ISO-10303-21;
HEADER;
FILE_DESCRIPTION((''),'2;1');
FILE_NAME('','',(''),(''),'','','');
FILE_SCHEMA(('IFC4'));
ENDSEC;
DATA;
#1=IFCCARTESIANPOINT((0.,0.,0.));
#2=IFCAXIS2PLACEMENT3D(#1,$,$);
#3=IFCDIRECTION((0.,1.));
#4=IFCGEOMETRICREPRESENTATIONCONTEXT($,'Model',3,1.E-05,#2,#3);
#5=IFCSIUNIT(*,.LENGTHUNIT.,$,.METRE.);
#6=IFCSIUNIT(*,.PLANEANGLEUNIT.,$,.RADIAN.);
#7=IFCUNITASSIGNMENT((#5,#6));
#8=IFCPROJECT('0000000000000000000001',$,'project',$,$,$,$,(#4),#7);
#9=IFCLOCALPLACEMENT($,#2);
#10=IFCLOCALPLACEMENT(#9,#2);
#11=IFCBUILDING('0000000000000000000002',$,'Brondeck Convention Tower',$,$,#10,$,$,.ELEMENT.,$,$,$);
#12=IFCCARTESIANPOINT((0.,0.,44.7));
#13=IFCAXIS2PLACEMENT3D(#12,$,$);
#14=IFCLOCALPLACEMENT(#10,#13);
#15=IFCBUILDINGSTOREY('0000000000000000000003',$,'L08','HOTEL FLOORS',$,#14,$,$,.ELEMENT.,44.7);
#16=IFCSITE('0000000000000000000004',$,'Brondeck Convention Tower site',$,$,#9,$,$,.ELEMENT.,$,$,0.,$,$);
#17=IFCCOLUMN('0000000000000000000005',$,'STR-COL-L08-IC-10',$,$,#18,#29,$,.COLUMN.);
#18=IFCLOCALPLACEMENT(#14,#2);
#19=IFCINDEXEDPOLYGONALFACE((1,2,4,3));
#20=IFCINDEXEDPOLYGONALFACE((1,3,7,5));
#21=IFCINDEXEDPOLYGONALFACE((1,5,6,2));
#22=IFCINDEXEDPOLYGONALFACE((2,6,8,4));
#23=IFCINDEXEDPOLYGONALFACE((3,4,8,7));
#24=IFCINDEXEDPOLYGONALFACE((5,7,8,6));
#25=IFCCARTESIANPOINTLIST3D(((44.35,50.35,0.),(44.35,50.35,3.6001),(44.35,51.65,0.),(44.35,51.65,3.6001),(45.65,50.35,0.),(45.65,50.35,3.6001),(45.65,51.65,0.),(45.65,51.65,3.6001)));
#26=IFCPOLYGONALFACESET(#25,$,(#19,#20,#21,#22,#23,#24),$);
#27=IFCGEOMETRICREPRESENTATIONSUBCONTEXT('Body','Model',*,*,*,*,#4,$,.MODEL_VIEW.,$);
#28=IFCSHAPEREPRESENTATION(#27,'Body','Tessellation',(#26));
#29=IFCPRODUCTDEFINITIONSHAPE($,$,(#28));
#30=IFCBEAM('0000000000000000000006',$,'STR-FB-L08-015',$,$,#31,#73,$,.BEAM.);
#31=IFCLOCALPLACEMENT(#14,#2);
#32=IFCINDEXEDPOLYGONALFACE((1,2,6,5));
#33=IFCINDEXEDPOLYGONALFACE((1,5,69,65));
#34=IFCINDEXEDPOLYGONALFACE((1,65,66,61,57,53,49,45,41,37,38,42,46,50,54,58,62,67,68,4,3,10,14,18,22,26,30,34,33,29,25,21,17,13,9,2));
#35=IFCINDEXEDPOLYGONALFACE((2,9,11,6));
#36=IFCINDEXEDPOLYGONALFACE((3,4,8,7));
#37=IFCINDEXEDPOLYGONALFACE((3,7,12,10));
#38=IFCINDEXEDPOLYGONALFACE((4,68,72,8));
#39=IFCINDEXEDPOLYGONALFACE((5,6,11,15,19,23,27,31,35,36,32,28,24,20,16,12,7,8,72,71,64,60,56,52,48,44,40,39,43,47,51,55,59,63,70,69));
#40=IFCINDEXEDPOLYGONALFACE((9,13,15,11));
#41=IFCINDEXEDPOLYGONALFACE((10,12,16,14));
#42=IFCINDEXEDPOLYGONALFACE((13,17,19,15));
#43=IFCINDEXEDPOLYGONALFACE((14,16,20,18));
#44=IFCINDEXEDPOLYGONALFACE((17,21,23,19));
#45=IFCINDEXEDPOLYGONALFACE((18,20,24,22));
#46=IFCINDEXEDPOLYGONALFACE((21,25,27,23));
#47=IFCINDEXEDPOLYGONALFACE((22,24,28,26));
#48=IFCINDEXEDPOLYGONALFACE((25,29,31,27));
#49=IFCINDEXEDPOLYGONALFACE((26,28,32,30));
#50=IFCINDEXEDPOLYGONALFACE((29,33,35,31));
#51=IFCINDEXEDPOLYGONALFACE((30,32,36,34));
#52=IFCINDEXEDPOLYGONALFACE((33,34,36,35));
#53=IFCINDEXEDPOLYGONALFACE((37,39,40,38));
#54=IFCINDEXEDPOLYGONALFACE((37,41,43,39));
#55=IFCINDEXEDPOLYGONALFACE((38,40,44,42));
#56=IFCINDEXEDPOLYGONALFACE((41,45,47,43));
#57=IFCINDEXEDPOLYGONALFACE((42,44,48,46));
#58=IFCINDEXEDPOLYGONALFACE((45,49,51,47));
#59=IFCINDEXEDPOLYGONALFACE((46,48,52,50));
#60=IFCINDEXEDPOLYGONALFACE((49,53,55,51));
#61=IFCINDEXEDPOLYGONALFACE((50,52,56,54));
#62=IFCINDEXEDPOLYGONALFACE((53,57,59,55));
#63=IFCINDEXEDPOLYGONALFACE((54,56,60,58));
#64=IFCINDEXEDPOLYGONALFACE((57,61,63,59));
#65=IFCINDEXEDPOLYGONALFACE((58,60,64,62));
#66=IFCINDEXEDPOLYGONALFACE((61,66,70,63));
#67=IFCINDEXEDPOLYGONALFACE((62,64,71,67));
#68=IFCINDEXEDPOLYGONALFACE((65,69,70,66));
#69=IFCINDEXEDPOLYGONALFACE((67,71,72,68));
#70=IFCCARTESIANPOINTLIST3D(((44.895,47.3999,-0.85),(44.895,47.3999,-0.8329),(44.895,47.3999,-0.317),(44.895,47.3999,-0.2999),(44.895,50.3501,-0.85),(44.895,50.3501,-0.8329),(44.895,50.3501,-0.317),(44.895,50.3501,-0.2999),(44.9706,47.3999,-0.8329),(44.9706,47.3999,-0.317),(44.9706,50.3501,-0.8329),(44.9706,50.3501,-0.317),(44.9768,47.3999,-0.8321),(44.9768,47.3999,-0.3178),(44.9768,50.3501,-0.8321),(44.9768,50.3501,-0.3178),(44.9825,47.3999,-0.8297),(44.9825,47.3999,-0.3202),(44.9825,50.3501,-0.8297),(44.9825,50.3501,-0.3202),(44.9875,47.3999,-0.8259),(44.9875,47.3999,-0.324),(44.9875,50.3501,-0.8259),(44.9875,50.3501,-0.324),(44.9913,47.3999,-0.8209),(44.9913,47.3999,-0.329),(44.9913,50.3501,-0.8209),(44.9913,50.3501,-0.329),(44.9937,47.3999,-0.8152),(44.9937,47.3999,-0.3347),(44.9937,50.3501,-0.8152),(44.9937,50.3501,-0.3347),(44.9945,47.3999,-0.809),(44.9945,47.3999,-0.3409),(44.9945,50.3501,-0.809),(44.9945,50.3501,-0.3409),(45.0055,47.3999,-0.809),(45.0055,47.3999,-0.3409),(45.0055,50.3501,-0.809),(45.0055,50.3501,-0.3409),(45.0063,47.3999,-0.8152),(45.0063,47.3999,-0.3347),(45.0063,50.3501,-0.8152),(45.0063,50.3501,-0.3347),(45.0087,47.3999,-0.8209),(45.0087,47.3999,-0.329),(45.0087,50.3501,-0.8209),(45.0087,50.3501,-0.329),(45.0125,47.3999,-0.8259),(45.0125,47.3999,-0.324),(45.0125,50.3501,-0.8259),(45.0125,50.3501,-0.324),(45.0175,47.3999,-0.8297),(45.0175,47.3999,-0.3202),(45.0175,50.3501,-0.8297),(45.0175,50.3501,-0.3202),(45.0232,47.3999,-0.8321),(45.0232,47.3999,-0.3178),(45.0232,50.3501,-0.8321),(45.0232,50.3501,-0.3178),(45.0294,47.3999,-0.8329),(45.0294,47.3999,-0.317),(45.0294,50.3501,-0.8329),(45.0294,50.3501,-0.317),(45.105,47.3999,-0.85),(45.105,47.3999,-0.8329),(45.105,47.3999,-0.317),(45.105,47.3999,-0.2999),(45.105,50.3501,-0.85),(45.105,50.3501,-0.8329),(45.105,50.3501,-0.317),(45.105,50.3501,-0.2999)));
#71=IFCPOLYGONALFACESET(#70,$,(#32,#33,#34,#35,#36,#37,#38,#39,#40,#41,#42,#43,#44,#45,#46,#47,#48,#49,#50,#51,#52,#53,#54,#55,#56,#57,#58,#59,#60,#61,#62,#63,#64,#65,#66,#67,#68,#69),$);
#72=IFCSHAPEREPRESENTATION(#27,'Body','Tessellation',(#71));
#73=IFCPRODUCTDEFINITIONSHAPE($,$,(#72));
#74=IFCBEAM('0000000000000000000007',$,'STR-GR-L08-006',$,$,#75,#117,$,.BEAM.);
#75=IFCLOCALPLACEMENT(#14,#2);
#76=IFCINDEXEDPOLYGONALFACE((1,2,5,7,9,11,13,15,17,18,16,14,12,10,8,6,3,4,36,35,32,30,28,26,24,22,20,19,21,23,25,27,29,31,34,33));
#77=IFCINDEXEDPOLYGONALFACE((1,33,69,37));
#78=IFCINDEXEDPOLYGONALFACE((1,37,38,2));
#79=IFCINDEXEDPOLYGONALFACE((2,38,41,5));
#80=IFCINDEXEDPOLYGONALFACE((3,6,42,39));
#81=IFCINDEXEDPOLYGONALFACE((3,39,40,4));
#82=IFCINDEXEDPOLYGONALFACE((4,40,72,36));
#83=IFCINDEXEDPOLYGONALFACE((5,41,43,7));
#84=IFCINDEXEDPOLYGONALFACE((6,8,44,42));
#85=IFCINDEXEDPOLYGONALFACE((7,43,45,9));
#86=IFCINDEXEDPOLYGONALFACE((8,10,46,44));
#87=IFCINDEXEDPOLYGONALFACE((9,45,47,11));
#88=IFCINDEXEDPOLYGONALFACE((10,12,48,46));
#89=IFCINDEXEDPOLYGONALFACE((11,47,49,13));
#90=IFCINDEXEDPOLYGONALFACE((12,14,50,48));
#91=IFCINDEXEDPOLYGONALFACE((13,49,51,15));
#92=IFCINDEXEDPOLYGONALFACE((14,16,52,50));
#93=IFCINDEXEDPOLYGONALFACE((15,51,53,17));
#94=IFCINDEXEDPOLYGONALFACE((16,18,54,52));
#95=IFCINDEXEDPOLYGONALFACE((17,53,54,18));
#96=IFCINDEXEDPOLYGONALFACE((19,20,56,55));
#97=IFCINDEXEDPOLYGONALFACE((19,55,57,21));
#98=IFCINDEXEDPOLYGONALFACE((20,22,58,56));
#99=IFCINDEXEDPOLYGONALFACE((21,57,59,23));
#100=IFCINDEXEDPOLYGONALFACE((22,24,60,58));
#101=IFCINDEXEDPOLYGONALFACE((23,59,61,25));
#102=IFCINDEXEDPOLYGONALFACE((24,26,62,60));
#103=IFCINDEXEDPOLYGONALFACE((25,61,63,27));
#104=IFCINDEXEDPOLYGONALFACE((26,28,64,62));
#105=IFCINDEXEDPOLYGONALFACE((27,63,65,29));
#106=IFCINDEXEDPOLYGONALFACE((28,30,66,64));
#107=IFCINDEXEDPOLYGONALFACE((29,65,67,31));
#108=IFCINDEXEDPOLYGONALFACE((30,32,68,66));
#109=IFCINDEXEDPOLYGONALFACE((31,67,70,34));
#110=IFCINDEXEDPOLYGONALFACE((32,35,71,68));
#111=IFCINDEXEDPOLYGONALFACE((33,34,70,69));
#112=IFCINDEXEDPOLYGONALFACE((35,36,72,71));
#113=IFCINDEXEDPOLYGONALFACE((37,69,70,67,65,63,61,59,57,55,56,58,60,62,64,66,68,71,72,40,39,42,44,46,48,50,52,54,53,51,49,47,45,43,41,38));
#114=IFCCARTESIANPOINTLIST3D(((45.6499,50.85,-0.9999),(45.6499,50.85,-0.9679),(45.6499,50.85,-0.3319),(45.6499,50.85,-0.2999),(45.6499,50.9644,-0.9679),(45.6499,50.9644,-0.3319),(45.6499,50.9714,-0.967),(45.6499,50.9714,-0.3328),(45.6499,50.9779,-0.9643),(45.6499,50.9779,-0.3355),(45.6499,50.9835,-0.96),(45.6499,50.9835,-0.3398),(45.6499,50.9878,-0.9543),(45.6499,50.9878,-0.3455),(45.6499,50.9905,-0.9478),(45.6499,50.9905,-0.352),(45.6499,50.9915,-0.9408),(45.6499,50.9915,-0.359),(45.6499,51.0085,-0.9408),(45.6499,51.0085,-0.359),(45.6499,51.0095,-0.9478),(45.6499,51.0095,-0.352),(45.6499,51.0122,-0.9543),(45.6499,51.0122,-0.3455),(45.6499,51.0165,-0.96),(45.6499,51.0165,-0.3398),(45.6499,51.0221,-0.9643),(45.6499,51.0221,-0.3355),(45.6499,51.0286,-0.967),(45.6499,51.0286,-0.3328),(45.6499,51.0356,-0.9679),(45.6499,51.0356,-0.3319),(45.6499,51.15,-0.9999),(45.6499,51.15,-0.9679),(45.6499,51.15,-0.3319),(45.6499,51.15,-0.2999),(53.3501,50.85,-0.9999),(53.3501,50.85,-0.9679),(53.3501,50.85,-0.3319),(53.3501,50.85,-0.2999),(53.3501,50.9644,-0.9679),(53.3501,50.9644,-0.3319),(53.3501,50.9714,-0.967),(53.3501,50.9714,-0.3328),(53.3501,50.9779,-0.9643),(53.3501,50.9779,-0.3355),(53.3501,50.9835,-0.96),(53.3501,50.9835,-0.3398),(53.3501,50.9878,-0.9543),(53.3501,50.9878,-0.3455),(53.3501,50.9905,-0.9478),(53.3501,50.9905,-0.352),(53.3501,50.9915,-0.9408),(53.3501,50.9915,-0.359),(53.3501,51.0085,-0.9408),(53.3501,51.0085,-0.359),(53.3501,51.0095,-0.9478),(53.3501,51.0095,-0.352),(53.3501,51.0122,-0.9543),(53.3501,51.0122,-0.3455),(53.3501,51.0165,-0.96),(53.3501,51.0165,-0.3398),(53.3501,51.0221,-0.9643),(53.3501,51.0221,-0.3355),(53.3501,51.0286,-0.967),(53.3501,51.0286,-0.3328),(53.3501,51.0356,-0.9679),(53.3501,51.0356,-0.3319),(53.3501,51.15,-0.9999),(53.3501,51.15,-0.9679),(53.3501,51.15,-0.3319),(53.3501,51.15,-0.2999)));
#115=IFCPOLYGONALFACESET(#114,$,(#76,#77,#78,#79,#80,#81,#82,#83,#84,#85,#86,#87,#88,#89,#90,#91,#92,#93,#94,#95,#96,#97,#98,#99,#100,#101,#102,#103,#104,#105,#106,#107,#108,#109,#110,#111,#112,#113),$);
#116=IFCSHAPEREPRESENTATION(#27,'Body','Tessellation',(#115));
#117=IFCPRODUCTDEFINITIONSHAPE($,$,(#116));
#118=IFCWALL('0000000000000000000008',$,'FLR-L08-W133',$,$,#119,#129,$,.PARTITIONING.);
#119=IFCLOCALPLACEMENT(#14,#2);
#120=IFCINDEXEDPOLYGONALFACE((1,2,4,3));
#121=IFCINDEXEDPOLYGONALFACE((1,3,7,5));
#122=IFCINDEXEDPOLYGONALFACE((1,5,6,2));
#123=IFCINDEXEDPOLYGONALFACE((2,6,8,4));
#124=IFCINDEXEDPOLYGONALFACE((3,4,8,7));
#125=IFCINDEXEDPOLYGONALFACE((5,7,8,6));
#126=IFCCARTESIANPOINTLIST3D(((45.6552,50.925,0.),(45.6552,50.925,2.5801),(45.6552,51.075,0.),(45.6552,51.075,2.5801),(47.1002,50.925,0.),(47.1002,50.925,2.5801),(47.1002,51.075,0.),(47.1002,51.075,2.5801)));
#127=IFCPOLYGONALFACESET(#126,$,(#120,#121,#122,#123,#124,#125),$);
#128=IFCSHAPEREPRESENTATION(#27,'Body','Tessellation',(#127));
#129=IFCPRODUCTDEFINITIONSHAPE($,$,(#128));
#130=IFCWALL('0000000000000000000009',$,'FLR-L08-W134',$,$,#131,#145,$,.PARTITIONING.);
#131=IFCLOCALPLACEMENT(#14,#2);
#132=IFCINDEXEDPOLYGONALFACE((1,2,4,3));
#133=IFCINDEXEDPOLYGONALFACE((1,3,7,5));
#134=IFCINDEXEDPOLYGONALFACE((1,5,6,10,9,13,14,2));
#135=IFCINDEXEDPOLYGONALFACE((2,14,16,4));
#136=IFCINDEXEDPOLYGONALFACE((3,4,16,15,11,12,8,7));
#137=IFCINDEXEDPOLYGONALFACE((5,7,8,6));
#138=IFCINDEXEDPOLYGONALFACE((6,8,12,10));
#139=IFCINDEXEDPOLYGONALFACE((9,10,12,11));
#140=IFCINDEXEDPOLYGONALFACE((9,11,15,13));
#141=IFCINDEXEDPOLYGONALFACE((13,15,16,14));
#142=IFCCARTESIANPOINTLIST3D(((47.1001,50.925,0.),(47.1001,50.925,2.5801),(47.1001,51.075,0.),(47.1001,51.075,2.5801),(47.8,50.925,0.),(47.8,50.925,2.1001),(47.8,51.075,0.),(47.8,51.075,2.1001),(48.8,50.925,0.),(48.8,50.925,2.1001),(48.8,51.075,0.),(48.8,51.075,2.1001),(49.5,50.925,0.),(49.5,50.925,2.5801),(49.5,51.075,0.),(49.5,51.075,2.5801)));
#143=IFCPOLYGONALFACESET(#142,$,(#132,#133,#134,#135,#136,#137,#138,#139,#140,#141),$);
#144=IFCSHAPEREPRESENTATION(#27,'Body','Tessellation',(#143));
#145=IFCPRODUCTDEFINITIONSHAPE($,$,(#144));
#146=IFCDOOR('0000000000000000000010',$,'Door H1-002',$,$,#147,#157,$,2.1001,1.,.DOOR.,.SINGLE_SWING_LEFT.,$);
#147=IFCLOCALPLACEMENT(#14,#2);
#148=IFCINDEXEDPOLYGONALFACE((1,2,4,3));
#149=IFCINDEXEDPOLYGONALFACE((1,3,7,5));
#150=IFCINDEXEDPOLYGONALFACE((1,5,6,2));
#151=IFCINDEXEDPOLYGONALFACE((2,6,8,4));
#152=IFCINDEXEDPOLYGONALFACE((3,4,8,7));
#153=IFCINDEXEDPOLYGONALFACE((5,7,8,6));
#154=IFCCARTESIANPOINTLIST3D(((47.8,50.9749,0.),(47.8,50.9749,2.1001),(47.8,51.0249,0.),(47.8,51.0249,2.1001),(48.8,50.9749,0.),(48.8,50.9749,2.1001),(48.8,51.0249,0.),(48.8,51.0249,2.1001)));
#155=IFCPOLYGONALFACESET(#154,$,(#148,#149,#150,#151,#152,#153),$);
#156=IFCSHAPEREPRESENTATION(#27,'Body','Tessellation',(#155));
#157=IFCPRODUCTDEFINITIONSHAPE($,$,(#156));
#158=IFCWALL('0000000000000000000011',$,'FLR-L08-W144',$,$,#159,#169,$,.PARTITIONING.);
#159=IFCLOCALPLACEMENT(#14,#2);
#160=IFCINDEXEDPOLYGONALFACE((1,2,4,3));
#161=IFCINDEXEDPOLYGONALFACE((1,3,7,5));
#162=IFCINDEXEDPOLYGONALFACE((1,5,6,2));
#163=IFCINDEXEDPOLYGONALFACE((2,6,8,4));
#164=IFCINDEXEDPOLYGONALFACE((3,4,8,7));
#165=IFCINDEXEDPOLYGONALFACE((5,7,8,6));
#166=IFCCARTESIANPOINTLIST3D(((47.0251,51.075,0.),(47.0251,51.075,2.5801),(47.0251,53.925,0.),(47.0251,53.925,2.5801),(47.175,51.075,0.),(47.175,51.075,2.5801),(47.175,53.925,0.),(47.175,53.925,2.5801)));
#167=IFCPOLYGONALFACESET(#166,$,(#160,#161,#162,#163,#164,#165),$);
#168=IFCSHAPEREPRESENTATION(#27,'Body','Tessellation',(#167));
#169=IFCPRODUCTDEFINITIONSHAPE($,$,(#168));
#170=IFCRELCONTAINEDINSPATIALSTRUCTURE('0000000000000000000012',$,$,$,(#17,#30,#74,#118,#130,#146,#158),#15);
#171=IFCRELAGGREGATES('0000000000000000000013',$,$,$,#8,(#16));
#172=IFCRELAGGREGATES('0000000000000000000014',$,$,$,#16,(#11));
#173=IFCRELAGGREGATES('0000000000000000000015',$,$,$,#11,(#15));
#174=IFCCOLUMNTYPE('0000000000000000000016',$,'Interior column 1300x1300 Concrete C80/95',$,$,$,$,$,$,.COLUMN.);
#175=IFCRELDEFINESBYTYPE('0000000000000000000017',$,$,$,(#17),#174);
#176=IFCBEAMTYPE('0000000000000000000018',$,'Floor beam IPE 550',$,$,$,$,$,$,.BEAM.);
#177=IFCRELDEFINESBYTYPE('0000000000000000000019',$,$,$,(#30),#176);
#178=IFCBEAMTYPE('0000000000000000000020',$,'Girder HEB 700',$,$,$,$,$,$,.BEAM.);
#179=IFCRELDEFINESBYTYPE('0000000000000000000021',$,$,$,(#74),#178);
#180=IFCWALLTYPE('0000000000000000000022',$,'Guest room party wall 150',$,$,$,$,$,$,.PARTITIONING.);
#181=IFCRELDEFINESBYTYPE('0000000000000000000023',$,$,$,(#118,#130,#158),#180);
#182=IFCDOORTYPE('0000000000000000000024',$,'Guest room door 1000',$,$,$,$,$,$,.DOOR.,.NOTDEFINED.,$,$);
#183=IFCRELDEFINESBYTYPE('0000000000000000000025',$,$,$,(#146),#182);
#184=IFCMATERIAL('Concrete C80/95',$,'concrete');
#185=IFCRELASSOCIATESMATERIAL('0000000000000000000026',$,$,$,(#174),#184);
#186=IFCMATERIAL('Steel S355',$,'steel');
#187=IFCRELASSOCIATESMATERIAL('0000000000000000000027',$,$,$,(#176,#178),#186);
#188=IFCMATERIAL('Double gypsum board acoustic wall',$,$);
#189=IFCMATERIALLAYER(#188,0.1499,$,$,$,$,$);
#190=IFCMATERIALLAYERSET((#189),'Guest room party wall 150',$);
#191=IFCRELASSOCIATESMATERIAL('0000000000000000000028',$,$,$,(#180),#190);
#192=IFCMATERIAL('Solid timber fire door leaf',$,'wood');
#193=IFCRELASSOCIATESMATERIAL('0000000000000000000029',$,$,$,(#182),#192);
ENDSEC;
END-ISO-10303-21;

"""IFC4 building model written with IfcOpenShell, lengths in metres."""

from ifc_helpers import new_model, si_unit, direction, frame, frame_2d, origin, origin_2d, place, context, subcontext, project, spatial, rectangle, i_section, extrude, material, layer, layer_set, material_profile, profile_set, type_object, element, fill, save


model = new_model("IFC4")

# Units and contexts
model_context = context("Model", 3, precision=1e-05, world=origin(), true_north=direction((0.0, 1.0)))
body_context = subcontext(model_context, "Body", "Model", "MODEL_VIEW")
ifc_project = project(units=[si_unit("LENGTHUNIT", "METRE"), si_unit("PLANEANGLEUNIT", "RADIAN")], contexts=[model_context])

# Site, building, storey
site_placement = place(None, origin())
site = spatial("IfcSite", under=ifc_project, at=site_placement, Name="Brondeck Convention Tower site", CompositionType="ELEMENT", RefElevation=0.0)
building_placement = place(site_placement, origin())
building = spatial("IfcBuilding", under=site, at=building_placement, Name="Brondeck Convention Tower", CompositionType="ELEMENT")
storey_placement = place(building_placement, frame((0.0, 0.0, 44.7)))
storey = spatial("IfcBuildingStorey", under=building, at=storey_placement, Name="L08", Description="HOTEL FLOORS", CompositionType="ELEMENT", Elevation=44.7)

# Column
ifc_material_1 = material(Name="Concrete C80/95", Category="concrete")
ifc_material_profile_1 = material_profile(ifc_material_1, rectangle(XDim=1.3, YDim=1.3, at=origin_2d()), Name="Interior column 1300x1300 Concrete C80/95")
ifc_profile_set_1 = profile_set([ifc_material_profile_1], Name="Concrete C80/95")
column_type = type_object("IfcColumnType", Name="Interior column 1300x1300 Concrete C80/95", PredefinedType="COLUMN", material=ifc_profile_set_1)
column_placement = place(storey_placement, frame((45.0, 51.0, 0.0), z_axis=(0.0, 0.0, 1.0), x_axis=(1.0, 0.0, 0.0)))
element("IfcColumn", 1, at=column_placement, inside=storey, type_object=column_type, Name="STR-COL-L08-IC-10", PredefinedType="COLUMN", context=body_context, shape_type="SweptSolid", body=[
    extrude(rectangle(XDim=1.3, YDim=1.3, at=origin_2d()), origin(), (0.0, 0.0, 1.0), 3.6001),
])

# Beams
ifc_material_2 = material(Name="Steel S355", Category="steel")
ifc_material_profile_2 = material_profile(ifc_material_2, i_section(OverallWidth=0.21, OverallDepth=0.55, WebThickness=0.011, FlangeThickness=0.0171, FilletRadius=0.0239, at=origin_2d()), Name="IPE 550")
ifc_profile_set_2 = profile_set([ifc_material_profile_2], Name="Steel S355")
beam_type_1 = type_object("IfcBeamType", Name="Floor beam IPE 550", PredefinedType="BEAM", material=ifc_profile_set_2)
beam_1_placement = place(storey_placement, frame((45.0, 47.3999, -0.575), z_axis=(0.0, 1.0, 0.0), x_axis=(-1.0, 0.0, 0.0)))
element("IfcBeam", 2, at=beam_1_placement, inside=storey, type_object=beam_type_1, Name="STR-FB-L08-015", PredefinedType="BEAM", context=body_context, shape_type="SweptSolid", body=[
    extrude(i_section(OverallWidth=0.21, OverallDepth=0.55, WebThickness=0.011, FlangeThickness=0.0171, FilletRadius=0.0239, at=origin_2d()), origin(), (0.0, 0.0, 1.0), 2.9502),
])
ifc_material_profile_3 = material_profile(ifc_material_2, i_section(OverallWidth=0.3, OverallDepth=0.7, WebThickness=0.0171, FlangeThickness=0.032, FilletRadius=0.0271, at=origin_2d()), Name="HEB 700")
ifc_profile_set_3 = profile_set([ifc_material_profile_3], Name="Steel S355")
beam_type_2 = type_object("IfcBeamType", Name="Girder HEB 700", PredefinedType="BEAM", material=ifc_profile_set_3)
beam_2_placement = place(storey_placement, frame((45.6499, 51.0, -0.6499), z_axis=(1.0, 0.0, 0.0), x_axis=(0.0, 1.0, 0.0)))
element("IfcBeam", 3, at=beam_2_placement, inside=storey, type_object=beam_type_2, Name="STR-GR-L08-006", PredefinedType="BEAM", context=body_context, shape_type="SweptSolid", body=[
    extrude(i_section(OverallWidth=0.3, OverallDepth=0.7, WebThickness=0.0171, FlangeThickness=0.032, FilletRadius=0.0271, at=origin_2d()), origin(), (0.0, 0.0, 1.0), 7.7002),
])

# Wall
ifc_material_3 = material(Name="Double gypsum board acoustic wall")
ifc_layer_1 = layer(ifc_material_3, 0.1499)
ifc_layer_set_1 = layer_set([ifc_layer_1], Name="Guest room party wall 150")
wall_type_1 = type_object("IfcWallType", Name="Guest room party wall 150", PredefinedType="PARTITIONING", material=ifc_layer_set_1)
wall_1_placement = place(storey_placement, frame((45.655, 51.0, 0.0), z_axis=(0.0, 0.0, 1.0), x_axis=(1.0, 0.0, 0.0)))
element("IfcWall", 4, at=wall_1_placement, inside=storey, type_object=wall_type_1, Name="FLR-L08-W133", PredefinedType="PARTITIONING", context=body_context, shape_type="SweptSolid", body=[
    extrude(rectangle(XDim=1.4451, YDim=0.1499, at=frame_2d((0.7227, 0.0))), origin(), (0.0, 0.0, 1.0), 2.5801),
])

# Wall, opening, door
wall_2_placement = place(storey_placement, frame((47.1001, 51.0, 0.0), z_axis=(0.0, 0.0, 1.0), x_axis=(1.0, 0.0, 0.0)))
wall_2 = element("IfcWall", 5, at=wall_2_placement, inside=storey, type_object=wall_type_1, Name="FLR-L08-W134", PredefinedType="PARTITIONING", context=body_context, shape_type="SweptSolid", body=[
    extrude(rectangle(XDim=2.3999, YDim=0.1499, at=frame_2d((1.2, 0.0))), origin(), (0.0, 0.0, 1.0), 2.5801),
])
opening_1_placement = place(wall_2_placement, frame((0.7, 0.0, 0.0)))
opening_1 = element("IfcOpeningElement", 6, at=opening_1_placement, cuts=wall_2, PredefinedType="OPENING", context=body_context, shape_type="SweptSolid", body=[
    extrude(rectangle(XDim=1.0, YDim=2.1001, at=frame_2d((0.5, 1.05))), frame((0.0, 0.085, 0.0), z_axis=(0.0, -1.0, 0.0), x_axis=(1.0, 0.0, 0.0)), (0.0, 0.0, 1.0), 0.1699),
])
ifc_material_4 = material(Name="Solid timber fire door leaf", Category="wood")
door_type_1 = type_object("IfcDoorType", Name="Guest room door 1000", OperationType="NOTDEFINED", PredefinedType="DOOR", material=ifc_material_4)
door_1_placement = place(opening_1_placement, origin())
door_1 = element("IfcDoor", 7, at=door_1_placement, inside=storey, type_object=door_type_1, Name="Door H1-002", OperationType="SINGLE_SWING_LEFT", OverallHeight=2.1001, OverallWidth=1.0, PredefinedType="DOOR", context=body_context, shape_type="SweptSolid", body=[
    extrude(rectangle(XDim=1.0, YDim=2.1001, at=frame_2d((0.5, 1.05))), frame((0.0, 0.0249, 0.0), z_axis=(0.0, -1.0, 0.0), x_axis=(1.0, 0.0, 0.0)), (0.0, 0.0, 1.0), 0.05),
])
fill(opening_1, door_1)

# Wall
wall_3_placement = place(storey_placement, frame((47.1001, 51.075, 0.0), z_axis=(0.0, 0.0, 1.0), x_axis=(0.0, 1.0, 0.0)))
element("IfcWall", 8, at=wall_3_placement, inside=storey, type_object=wall_type_1, Name="FLR-L08-W144", PredefinedType="PARTITIONING", context=body_context, shape_type="SweptSolid", body=[
    extrude(rectangle(XDim=2.8501, YDim=0.1499, at=frame_2d((1.425, 0.0))), origin(), (0.0, 0.0, 1.0), 2.5801),
])

save(model, "model.ifc")
